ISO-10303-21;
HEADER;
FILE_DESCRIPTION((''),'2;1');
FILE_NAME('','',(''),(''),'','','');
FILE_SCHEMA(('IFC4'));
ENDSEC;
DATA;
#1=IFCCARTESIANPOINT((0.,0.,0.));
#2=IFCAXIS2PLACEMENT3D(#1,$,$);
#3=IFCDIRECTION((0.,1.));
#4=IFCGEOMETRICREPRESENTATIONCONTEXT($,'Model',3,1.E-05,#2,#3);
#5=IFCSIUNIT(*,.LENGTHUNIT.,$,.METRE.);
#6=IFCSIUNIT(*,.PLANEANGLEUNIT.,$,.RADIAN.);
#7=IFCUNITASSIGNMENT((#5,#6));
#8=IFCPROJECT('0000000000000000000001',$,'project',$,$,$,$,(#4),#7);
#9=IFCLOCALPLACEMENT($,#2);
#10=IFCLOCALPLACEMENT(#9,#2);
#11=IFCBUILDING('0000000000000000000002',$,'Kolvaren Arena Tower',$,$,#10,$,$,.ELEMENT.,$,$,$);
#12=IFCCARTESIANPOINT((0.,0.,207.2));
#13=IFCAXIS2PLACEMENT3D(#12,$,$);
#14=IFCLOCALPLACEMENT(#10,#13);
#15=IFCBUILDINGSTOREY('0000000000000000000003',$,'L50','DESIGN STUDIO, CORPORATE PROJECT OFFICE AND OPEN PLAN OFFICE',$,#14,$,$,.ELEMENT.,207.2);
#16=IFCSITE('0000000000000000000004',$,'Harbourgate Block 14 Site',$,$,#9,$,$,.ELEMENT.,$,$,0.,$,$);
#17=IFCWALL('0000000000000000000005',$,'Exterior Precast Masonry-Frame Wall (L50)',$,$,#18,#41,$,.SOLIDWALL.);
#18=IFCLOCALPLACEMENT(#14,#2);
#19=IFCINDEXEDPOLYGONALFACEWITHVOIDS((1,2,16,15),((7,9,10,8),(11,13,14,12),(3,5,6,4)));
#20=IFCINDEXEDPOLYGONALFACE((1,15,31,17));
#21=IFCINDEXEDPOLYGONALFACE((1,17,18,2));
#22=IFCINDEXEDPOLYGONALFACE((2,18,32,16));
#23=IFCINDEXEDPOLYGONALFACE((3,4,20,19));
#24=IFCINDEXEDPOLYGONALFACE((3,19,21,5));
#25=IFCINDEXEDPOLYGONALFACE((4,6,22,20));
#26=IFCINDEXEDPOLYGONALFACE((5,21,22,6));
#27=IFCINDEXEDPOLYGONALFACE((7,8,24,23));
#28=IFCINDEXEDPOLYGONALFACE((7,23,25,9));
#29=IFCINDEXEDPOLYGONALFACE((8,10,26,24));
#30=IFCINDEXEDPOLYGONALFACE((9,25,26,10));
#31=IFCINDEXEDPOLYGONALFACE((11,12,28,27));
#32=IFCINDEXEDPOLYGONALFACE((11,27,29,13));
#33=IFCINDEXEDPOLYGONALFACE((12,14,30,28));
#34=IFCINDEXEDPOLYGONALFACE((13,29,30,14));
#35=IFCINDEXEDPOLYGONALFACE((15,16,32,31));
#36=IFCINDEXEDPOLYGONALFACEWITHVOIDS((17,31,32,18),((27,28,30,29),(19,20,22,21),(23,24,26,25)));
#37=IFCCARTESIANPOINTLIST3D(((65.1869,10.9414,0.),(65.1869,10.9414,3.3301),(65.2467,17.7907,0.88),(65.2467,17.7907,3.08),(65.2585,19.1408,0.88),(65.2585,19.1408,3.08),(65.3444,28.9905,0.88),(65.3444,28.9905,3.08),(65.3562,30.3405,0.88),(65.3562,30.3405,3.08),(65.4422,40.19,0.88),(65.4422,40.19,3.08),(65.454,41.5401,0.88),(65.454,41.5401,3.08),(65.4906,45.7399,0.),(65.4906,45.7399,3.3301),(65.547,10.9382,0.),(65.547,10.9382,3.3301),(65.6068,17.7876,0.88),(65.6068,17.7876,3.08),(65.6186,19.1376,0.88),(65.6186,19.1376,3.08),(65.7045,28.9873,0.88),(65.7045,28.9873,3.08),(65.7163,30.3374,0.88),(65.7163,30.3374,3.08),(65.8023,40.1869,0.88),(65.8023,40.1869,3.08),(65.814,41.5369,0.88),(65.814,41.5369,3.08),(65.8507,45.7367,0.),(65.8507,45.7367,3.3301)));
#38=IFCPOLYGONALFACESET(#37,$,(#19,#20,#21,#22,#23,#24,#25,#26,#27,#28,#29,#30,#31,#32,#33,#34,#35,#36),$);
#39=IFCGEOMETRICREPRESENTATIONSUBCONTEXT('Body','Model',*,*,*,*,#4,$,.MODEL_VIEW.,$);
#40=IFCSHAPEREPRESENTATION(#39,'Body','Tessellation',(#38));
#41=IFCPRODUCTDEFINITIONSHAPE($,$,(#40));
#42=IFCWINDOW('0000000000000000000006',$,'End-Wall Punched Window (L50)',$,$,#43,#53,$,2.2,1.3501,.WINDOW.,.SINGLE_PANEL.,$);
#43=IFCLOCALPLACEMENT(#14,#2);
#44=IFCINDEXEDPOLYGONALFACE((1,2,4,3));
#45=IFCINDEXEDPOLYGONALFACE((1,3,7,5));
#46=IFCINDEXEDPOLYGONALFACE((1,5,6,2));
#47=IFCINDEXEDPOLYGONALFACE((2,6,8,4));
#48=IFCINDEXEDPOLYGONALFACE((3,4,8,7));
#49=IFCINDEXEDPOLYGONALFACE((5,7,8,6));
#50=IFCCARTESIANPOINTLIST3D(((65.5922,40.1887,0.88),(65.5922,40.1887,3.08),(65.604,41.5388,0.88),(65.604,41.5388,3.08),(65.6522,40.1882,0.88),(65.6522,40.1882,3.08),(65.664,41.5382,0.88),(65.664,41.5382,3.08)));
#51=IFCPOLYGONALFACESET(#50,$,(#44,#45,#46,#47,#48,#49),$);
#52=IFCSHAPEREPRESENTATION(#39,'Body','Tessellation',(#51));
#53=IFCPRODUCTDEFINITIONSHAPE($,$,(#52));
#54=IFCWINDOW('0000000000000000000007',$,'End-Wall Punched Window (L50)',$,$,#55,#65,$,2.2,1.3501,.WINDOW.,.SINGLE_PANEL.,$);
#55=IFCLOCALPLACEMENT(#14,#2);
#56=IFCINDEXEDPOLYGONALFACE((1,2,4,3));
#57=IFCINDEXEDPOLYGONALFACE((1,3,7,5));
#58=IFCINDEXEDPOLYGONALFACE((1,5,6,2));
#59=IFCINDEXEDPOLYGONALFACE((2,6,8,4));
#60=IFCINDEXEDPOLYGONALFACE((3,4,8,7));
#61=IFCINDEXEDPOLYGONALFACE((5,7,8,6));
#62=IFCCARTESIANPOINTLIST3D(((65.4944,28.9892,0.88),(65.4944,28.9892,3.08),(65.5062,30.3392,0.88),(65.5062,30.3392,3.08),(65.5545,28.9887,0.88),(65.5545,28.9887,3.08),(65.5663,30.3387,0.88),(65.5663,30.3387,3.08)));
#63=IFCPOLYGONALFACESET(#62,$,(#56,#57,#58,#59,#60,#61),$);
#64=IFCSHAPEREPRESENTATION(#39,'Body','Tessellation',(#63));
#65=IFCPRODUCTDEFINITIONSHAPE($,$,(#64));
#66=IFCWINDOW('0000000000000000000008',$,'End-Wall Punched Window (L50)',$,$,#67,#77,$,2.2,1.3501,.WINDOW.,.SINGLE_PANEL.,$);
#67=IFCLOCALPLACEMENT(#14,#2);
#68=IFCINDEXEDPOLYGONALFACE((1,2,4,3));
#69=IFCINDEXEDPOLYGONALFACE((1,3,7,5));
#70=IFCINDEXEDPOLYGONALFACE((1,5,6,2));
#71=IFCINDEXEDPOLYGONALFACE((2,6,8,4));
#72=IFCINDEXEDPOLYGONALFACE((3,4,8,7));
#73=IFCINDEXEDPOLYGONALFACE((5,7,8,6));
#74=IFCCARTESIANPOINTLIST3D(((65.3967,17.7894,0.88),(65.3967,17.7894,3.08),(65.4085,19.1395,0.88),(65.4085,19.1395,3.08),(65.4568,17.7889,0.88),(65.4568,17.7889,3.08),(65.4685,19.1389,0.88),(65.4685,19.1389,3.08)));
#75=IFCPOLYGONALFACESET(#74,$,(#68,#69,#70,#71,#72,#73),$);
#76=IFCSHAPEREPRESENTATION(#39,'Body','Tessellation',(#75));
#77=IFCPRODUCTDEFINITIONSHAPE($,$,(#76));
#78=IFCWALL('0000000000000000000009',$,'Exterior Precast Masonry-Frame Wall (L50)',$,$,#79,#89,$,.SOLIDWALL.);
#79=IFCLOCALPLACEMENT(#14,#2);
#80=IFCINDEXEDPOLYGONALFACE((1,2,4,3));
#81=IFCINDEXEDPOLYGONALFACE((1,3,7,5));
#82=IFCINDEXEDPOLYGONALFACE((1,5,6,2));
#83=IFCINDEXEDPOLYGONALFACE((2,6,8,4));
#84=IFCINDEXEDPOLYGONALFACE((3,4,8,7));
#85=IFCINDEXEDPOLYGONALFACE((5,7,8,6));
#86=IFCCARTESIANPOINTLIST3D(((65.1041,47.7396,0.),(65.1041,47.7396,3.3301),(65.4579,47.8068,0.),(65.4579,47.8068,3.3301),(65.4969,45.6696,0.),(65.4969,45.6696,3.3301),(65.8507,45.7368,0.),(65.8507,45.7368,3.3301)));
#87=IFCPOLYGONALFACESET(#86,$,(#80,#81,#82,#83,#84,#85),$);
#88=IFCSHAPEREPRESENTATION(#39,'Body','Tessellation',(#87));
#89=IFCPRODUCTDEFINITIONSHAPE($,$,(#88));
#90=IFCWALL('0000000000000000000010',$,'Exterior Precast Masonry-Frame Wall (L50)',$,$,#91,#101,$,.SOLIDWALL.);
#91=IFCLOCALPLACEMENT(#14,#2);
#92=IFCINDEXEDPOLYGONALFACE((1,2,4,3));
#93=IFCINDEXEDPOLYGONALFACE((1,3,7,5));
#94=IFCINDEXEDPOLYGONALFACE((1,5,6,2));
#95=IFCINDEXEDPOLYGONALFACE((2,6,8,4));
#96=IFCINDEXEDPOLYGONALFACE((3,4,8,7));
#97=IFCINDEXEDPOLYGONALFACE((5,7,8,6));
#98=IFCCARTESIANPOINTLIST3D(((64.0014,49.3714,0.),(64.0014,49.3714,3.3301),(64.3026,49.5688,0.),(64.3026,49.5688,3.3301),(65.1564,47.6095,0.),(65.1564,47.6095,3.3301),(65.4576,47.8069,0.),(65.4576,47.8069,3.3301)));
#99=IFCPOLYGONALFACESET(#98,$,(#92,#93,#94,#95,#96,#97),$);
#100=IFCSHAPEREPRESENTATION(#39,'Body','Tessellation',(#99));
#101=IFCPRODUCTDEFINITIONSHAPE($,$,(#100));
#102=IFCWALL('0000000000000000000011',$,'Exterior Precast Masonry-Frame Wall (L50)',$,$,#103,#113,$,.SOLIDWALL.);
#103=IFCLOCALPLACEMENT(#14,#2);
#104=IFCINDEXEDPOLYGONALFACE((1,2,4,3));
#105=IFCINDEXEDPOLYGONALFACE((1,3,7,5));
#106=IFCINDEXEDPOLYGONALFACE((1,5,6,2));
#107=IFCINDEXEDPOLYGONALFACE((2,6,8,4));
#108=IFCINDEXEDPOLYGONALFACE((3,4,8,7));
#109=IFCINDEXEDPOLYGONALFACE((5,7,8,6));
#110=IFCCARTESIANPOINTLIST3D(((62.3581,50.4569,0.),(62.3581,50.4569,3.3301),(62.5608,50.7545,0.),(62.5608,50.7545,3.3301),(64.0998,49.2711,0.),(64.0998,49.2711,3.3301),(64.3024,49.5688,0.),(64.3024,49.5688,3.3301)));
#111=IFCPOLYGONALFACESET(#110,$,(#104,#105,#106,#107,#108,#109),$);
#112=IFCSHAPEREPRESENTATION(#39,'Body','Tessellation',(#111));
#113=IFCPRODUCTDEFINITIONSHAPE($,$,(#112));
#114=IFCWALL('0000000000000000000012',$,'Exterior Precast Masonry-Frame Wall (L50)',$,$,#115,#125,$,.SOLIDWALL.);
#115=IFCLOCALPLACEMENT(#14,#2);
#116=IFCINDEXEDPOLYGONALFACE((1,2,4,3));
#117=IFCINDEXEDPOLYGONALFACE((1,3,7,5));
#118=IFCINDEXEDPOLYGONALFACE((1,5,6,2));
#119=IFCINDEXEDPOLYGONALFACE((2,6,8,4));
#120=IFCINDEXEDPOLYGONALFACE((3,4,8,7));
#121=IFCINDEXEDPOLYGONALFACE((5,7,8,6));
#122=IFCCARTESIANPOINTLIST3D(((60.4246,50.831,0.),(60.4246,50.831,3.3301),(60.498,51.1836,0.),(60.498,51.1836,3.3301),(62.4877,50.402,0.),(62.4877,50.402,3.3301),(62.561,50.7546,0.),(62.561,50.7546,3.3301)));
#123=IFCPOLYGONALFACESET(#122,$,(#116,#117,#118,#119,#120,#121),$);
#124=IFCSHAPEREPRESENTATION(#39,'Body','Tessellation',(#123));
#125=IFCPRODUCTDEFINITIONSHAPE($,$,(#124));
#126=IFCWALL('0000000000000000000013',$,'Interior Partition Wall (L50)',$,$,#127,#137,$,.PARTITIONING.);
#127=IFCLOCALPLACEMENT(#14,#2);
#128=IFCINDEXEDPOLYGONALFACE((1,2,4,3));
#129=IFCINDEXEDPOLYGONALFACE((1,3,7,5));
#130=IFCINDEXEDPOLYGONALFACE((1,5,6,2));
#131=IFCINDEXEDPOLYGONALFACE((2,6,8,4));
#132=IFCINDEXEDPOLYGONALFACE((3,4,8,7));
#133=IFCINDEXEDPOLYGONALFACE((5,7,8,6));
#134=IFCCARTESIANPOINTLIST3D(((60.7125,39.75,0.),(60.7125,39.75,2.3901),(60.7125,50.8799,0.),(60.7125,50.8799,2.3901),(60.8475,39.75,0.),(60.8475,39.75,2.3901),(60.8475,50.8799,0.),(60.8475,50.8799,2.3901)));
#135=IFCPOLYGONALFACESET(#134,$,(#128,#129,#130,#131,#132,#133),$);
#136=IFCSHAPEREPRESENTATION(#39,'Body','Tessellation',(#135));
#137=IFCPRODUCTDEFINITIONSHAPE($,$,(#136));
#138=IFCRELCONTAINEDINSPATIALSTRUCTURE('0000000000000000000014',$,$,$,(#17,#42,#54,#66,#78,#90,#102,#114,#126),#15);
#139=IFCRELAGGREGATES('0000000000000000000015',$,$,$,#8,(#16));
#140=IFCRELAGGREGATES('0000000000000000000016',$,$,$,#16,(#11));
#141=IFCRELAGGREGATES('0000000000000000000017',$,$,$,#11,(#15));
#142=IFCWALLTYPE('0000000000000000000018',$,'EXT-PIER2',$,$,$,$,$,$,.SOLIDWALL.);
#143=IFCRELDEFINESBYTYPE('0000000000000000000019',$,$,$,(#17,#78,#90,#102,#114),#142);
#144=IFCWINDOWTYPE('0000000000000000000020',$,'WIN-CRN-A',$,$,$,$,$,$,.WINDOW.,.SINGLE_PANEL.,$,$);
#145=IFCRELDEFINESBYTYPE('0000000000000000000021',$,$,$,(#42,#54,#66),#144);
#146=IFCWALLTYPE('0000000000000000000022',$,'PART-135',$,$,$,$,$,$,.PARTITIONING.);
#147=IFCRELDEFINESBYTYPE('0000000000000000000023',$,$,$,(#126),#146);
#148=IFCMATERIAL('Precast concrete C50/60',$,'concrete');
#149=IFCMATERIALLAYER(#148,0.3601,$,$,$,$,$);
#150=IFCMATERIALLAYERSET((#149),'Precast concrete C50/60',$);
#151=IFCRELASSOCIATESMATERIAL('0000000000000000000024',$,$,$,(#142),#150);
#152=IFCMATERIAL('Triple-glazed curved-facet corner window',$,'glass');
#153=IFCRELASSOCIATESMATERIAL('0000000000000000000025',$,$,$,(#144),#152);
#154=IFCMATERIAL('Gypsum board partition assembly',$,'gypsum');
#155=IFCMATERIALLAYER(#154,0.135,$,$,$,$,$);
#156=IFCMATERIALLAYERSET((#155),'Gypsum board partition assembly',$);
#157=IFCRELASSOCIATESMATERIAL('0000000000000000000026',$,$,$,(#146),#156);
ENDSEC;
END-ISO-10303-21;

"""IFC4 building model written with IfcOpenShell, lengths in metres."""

from ifc_helpers import new_model, si_unit, direction, frame, frame_2d, origin, place, context, subcontext, project, spatial, rectangle, extrude, material, layer, layer_set, type_object, element, fill, save


model = new_model("IFC4")

# Units and contexts
model_context = context("Model", 3, precision=1e-05, world=origin(), true_north=direction((0.0, 1.0)))
body_context = subcontext(model_context, "Body", "Model", "MODEL_VIEW")
ifc_project = project(units=[si_unit("LENGTHUNIT", "METRE"), si_unit("PLANEANGLEUNIT", "RADIAN")], contexts=[model_context])

# Site, building, storey
site_placement = place(None, origin())
site = spatial("IfcSite", under=ifc_project, at=site_placement, Name="Harbourgate Block 14 Site", CompositionType="ELEMENT", RefElevation=0.0)
building_placement = place(site_placement, origin())
building = spatial("IfcBuilding", under=site, at=building_placement, Name="Kolvaren Arena Tower", CompositionType="ELEMENT")
storey_placement = place(building_placement, frame((0.0, 0.0, 207.2)))
storey = spatial("IfcBuildingStorey", under=building, at=storey_placement, Name="L50", Description="DESIGN STUDIO, CORPORATE PROJECT OFFICE AND OPEN PLAN OFFICE", CompositionType="ELEMENT", Elevation=207.2)

# Wall, openings, windows
ifc_material_1 = material(Name="Precast concrete C50/60", Category="concrete")
ifc_layer_1 = layer(ifc_material_1, 0.3601)
ifc_layer_set_1 = layer_set([ifc_layer_1], Name="Precast concrete C50/60")
wall_type_1 = type_object("IfcWallType", Name="EXT-PIER2", PredefinedType="SOLIDWALL", material=ifc_layer_set_1)
wall_1_placement = place(storey_placement, frame((65.6707, 45.7383, 0.0), z_axis=(0.0, 0.0, 1.0), x_axis=(-0.008727, -0.999962, 0.0)))
wall_1 = element("IfcWall", 1, at=wall_1_placement, inside=storey, type_object=wall_type_1, Name="Exterior Precast Masonry-Frame Wall (L50)", PredefinedType="SOLIDWALL", context=body_context, shape_type="SweptSolid", body=[
    extrude(rectangle(XDim=34.7998, YDim=0.3601, at=frame_2d((17.3999, 0.0))), origin(), (0.0, 0.0, 1.0), 3.3301),
])
opening_1_placement = place(wall_1_placement, frame((4.2, 0.0, 0.8799)))
opening_1 = element("IfcOpeningElement", 2, at=opening_1_placement, cuts=wall_1, PredefinedType="OPENING", context=body_context, shape_type="SweptSolid", body=[
    extrude(rectangle(XDim=1.3501, YDim=2.2, at=frame_2d((0.675, 1.1001))), frame((0.0, 0.1899, 0.0), z_axis=(0.0, -1.0, 0.0), x_axis=(1.0, 0.0, 0.0)), (0.0, 0.0, 1.0), 0.3801),
])
opening_2_placement = place(wall_1_placement, frame((15.3999, 0.0, 0.8799)))
opening_2 = element("IfcOpeningElement", 3, at=opening_2_placement, cuts=wall_1, PredefinedType="OPENING", context=body_context, shape_type="SweptSolid", body=[
    extrude(rectangle(XDim=1.3501, YDim=2.2, at=frame_2d((0.675, 1.1001))), frame((0.0, 0.1899, 0.0), z_axis=(0.0, -1.0, 0.0), x_axis=(1.0, 0.0, 0.0)), (0.0, 0.0, 1.0), 0.3801),
])
opening_3_placement = place(wall_1_placement, frame((26.6001, 0.0, 0.8799)))
opening_3 = element("IfcOpeningElement", 4, at=opening_3_placement, cuts=wall_1, PredefinedType="OPENING", context=body_context, shape_type="SweptSolid", body=[
    extrude(rectangle(XDim=1.3501, YDim=2.2, at=frame_2d((0.675, 1.1001))), frame((0.0, 0.1899, 0.0), z_axis=(0.0, -1.0, 0.0), x_axis=(1.0, 0.0, 0.0)), (0.0, 0.0, 1.0), 0.3801),
])
ifc_material_2 = material(Name="Triple-glazed curved-facet corner window", Category="glass")
window_type = type_object("IfcWindowType", Name="WIN-CRN-A", PartitioningType="SINGLE_PANEL", PredefinedType="WINDOW", material=ifc_material_2)
window_1_placement = place(opening_1_placement, origin())
window_1 = element("IfcWindow", 5, at=window_1_placement, inside=storey, type_object=window_type, Name="End-Wall Punched Window (L50)", OverallHeight=2.2, OverallWidth=1.3501, PartitioningType="SINGLE_PANEL", PredefinedType="WINDOW", context=body_context, shape_type="SweptSolid", body=[
    extrude(rectangle(XDim=1.3501, YDim=2.2, at=frame_2d((0.675, 1.1001))), frame((0.0, 0.03, 0.0), z_axis=(0.0, -1.0, 0.0), x_axis=(1.0, 0.0, 0.0)), (0.0, 0.0, 1.0), 0.0601),
])
fill(opening_1, window_1)
window_2_placement = place(opening_2_placement, origin())
window_2 = element("IfcWindow", 6, at=window_2_placement, inside=storey, type_object=window_type, Name="End-Wall Punched Window (L50)", OverallHeight=2.2, OverallWidth=1.3501, PartitioningType="SINGLE_PANEL", PredefinedType="WINDOW", context=body_context, shape_type="SweptSolid", body=[
    extrude(rectangle(XDim=1.3501, YDim=2.2, at=frame_2d((0.675, 1.1001))), frame((0.0, 0.03, 0.0), z_axis=(0.0, -1.0, 0.0), x_axis=(1.0, 0.0, 0.0)), (0.0, 0.0, 1.0), 0.0601),
])
fill(opening_2, window_2)
window_3_placement = place(opening_3_placement, origin())
window_3 = element("IfcWindow", 7, at=window_3_placement, inside=storey, type_object=window_type, Name="End-Wall Punched Window (L50)", OverallHeight=2.2, OverallWidth=1.3501, PartitioningType="SINGLE_PANEL", PredefinedType="WINDOW", context=body_context, shape_type="SweptSolid", body=[
    extrude(rectangle(XDim=1.3501, YDim=2.2, at=frame_2d((0.675, 1.1001))), frame((0.0, 0.03, 0.0), z_axis=(0.0, -1.0, 0.0), x_axis=(1.0, 0.0, 0.0)), (0.0, 0.0, 1.0), 0.0601),
])
fill(opening_3, window_3)

# Walls
wall_2_placement = place(storey_placement, frame((65.281, 47.7732, 0.0), z_axis=(0.0, 0.0, 1.0), x_axis=(0.186436, -0.982467, 0.0)))
element("IfcWall", 8, at=wall_2_placement, inside=storey, type_object=wall_type_1, Name="Exterior Precast Masonry-Frame Wall (L50)", PredefinedType="SOLIDWALL", context=body_context, shape_type="SweptSolid", body=[
    extrude(rectangle(XDim=2.1069, YDim=0.3601, at=frame_2d((1.0535, 0.0))), origin(), (0.0, 0.0, 1.0), 3.3301),
])
wall_3_placement = place(storey_placement, frame((64.1521, 49.47, 0.0), z_axis=(0.0, 0.0, 1.0), x_axis=(0.548239, -0.836322, 0.0)))
element("IfcWall", 9, at=wall_3_placement, inside=storey, type_object=wall_type_1, Name="Exterior Precast Masonry-Frame Wall (L50)", PredefinedType="SOLIDWALL", context=body_context, shape_type="SweptSolid", body=[
    extrude(rectangle(XDim=2.1067, YDim=0.3601, at=frame_2d((1.0532, 0.0))), origin(), (0.0, 0.0, 1.0), 3.3301),
])
wall_4_placement = place(storey_placement, frame((62.4595, 50.6057, 0.0), z_axis=(0.0, 0.0, 1.0), x_axis=(0.82661, -0.562776, 0.0)))
element("IfcWall", 10, at=wall_4_placement, inside=storey, type_object=wall_type_1, Name="Exterior Precast Masonry-Frame Wall (L50)", PredefinedType="SOLIDWALL", context=body_context, shape_type="SweptSolid", body=[
    extrude(rectangle(XDim=2.1069, YDim=0.3601, at=frame_2d((1.0535, 0.0))), origin(), (0.0, 0.0, 1.0), 3.3301),
])
wall_5_placement = place(storey_placement, frame((60.4612, 51.0073, 0.0), z_axis=(0.0, 0.0, 1.0), x_axis=(0.979059, -0.203575, 0.0)))
element("IfcWall", 11, at=wall_5_placement, inside=storey, type_object=wall_type_1, Name="Exterior Precast Masonry-Frame Wall (L50)", PredefinedType="SOLIDWALL", context=body_context, shape_type="SweptSolid", body=[
    extrude(rectangle(XDim=2.1072, YDim=0.3601, at=frame_2d((1.0537, 0.0))), origin(), (0.0, 0.0, 1.0), 3.3301),
])
ifc_material_3 = material(Name="Gypsum board partition assembly", Category="gypsum")
ifc_layer_2 = layer(ifc_material_3, 0.135)
ifc_layer_set_2 = layer_set([ifc_layer_2], Name="Gypsum board partition assembly")
wall_type_2 = type_object("IfcWallType", Name="PART-135", PredefinedType="PARTITIONING", material=ifc_layer_set_2)
wall_6_placement = place(storey_placement, frame((60.78, 39.75, 0.0), z_axis=(0.0, 0.0, 1.0), x_axis=(0.0, 1.0, 0.0)))
element("IfcWall", 12, at=wall_6_placement, inside=storey, type_object=wall_type_2, Name="Interior Partition Wall (L50)", PredefinedType="PARTITIONING", context=body_context, shape_type="SweptSolid", body=[
    extrude(rectangle(XDim=11.1299, YDim=0.135, at=frame_2d((5.5649, 0.0))), origin(), (0.0, 0.0, 1.0), 2.3901),
])

save(model, "model.ifc")
